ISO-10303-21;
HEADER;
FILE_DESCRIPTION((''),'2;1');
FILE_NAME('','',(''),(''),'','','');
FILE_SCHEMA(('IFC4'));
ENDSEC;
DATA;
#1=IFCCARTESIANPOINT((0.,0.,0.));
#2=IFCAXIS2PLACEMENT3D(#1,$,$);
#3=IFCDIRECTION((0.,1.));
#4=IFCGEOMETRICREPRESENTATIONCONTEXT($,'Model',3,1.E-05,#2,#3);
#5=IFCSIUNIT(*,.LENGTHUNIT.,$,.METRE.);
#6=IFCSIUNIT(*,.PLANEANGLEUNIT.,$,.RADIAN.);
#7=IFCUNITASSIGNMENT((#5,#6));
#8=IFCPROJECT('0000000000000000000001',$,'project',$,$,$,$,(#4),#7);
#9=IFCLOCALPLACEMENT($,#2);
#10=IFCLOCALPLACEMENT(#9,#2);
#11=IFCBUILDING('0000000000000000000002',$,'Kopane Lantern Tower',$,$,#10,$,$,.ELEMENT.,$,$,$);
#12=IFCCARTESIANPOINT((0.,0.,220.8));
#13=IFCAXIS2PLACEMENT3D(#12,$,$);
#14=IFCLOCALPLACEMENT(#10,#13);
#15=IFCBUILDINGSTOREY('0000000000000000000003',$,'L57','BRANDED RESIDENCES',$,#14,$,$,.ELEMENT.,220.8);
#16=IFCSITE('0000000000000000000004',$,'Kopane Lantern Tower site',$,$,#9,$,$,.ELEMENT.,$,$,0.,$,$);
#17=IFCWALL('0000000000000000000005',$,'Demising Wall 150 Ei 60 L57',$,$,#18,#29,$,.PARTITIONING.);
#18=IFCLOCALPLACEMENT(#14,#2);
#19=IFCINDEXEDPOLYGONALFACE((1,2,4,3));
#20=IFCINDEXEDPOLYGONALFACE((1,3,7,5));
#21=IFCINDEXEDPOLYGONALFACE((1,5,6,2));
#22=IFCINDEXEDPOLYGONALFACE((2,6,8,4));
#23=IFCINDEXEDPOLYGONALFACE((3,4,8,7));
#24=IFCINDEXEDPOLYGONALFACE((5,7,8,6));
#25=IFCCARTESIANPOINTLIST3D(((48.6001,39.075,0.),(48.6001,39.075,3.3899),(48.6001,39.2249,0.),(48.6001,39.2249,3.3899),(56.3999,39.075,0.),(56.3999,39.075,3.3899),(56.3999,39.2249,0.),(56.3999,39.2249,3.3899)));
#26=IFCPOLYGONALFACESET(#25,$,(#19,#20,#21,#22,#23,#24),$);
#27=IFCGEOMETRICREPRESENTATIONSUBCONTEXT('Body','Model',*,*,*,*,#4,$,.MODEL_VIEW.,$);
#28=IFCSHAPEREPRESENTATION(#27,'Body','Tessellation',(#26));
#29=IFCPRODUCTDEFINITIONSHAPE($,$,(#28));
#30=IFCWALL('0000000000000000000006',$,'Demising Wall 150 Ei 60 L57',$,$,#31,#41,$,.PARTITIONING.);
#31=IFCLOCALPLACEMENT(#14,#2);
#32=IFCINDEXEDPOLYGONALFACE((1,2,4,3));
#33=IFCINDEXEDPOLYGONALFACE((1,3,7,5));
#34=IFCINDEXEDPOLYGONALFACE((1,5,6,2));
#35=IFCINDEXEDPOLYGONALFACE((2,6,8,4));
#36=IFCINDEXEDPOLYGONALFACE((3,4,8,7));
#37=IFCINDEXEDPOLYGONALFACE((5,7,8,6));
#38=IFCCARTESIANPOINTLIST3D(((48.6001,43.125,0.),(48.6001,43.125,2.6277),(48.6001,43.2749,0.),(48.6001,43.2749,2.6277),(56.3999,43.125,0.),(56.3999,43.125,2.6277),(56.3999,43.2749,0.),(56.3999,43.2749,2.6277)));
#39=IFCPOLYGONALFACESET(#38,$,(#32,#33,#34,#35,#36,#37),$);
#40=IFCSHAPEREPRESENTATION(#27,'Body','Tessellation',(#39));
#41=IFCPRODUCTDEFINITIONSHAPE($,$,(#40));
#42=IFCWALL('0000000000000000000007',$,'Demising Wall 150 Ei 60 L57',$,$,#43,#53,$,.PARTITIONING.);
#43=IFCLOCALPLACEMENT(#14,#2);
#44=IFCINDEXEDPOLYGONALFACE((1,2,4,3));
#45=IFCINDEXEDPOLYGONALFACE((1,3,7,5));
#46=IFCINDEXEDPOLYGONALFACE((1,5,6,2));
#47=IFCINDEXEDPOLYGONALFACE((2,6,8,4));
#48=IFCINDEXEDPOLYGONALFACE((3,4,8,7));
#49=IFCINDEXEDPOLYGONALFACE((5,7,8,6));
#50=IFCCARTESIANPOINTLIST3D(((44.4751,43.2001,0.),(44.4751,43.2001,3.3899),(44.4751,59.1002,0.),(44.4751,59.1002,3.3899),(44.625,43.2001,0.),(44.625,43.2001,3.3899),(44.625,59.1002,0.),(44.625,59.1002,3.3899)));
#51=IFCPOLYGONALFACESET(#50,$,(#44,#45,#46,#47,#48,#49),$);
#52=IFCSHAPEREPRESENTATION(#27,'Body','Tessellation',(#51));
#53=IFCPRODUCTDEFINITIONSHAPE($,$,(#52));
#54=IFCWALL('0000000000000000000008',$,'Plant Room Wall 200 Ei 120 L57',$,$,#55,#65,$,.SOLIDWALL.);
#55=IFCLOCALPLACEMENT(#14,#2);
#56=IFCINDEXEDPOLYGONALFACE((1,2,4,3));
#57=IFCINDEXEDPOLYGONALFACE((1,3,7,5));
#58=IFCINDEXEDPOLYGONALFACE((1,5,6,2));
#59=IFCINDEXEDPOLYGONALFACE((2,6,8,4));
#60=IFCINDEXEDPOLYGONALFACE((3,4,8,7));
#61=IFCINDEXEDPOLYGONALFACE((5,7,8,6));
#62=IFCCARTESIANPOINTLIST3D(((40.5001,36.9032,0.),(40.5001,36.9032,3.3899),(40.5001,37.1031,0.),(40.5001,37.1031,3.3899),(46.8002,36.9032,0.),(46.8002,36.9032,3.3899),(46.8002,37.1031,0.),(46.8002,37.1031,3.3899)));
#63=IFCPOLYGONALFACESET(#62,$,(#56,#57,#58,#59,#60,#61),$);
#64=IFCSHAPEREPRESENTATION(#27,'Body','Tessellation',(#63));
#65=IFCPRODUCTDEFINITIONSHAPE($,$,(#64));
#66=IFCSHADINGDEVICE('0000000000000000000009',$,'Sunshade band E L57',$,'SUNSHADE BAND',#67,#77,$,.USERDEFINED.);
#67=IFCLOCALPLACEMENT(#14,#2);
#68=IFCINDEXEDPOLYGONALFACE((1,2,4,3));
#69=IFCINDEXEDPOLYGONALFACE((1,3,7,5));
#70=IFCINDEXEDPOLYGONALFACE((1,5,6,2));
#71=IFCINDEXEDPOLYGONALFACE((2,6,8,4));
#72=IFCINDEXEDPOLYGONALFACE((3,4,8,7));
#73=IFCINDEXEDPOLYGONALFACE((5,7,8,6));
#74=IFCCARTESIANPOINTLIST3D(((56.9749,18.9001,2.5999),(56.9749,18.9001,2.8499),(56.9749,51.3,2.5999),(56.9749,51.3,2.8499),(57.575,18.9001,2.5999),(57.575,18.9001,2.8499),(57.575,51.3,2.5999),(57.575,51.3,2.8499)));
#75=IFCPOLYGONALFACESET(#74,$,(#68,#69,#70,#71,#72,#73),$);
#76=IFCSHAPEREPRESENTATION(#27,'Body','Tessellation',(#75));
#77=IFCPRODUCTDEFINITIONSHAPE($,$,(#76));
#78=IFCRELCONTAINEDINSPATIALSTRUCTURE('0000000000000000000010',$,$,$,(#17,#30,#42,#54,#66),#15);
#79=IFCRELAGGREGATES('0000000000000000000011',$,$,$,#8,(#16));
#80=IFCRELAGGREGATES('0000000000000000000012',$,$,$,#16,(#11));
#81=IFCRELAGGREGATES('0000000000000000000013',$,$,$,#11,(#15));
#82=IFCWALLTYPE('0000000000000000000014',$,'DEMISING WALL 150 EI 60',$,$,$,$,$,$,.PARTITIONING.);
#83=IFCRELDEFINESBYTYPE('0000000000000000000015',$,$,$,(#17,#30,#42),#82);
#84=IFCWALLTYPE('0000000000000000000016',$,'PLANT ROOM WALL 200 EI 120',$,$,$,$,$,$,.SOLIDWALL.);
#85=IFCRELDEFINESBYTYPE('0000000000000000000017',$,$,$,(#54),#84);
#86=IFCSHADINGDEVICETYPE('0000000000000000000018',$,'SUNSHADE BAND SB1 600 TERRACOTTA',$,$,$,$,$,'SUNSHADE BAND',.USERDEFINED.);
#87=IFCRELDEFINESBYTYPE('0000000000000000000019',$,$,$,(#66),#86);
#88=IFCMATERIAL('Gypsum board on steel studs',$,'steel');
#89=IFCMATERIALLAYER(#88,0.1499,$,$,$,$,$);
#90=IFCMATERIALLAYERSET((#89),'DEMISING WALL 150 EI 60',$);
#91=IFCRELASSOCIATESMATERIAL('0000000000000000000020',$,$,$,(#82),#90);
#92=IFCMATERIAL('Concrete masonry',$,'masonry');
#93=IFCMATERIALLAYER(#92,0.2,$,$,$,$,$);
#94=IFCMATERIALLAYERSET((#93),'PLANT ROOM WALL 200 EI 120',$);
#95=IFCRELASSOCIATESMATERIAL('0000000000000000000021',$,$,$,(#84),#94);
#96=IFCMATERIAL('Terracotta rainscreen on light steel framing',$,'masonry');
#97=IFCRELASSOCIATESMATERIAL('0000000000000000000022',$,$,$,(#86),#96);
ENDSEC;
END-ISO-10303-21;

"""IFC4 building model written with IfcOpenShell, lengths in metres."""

from ifc_helpers import new_model, si_unit, direction, frame, frame_2d, origin, origin_2d, place, context, subcontext, project, spatial, rectangle, extrude, material, layer, layer_set, type_object, element, save


model = new_model("IFC4")

# Units and contexts
model_context = context("Model", 3, precision=1e-05, world=origin(), true_north=direction((0.0, 1.0)))
body_context = subcontext(model_context, "Body", "Model", "MODEL_VIEW")
ifc_project = project(units=[si_unit("LENGTHUNIT", "METRE"), si_unit("PLANEANGLEUNIT", "RADIAN")], contexts=[model_context])

# Site, building, storey
site_placement = place(None, origin())
site = spatial("IfcSite", under=ifc_project, at=site_placement, Name="Kopane Lantern Tower site", CompositionType="ELEMENT", RefElevation=0.0)
building_placement = place(site_placement, origin())
building = spatial("IfcBuilding", under=site, at=building_placement, Name="Kopane Lantern Tower", CompositionType="ELEMENT")
storey_placement = place(building_placement, frame((0.0, 0.0, 220.8)))
storey = spatial("IfcBuildingStorey", under=building, at=storey_placement, Name="L57", Description="BRANDED RESIDENCES", CompositionType="ELEMENT", Elevation=220.8)

# Walls
ifc_material_1 = material(Name="Gypsum board on steel studs", Category="steel")
ifc_layer_1 = layer(ifc_material_1, 0.1499)
ifc_layer_set_1 = layer_set([ifc_layer_1], Name="DEMISING WALL 150 EI 60")
wall_type_1 = type_object("IfcWallType", Name="DEMISING WALL 150 EI 60", PredefinedType="PARTITIONING", material=ifc_layer_set_1)
wall_1_placement = place(storey_placement, frame((48.6001, 39.1499, 0.0), z_axis=(0.0, 0.0, 1.0), x_axis=(1.0, 0.0, 0.0)))
element("IfcWall", 1, at=wall_1_placement, inside=storey, type_object=wall_type_1, Name="Demising Wall 150 Ei 60 L57", PredefinedType="PARTITIONING", context=body_context, shape_type="SweptSolid", body=[
    extrude(rectangle(XDim=7.7998, YDim=0.1499, at=frame_2d((3.8999, 0.0))), origin(), (0.0, 0.0, 1.0), 3.3899),
])
wall_2_placement = place(storey_placement, frame((48.6001, 43.2, 0.0), z_axis=(0.0, 0.0, 1.0), x_axis=(1.0, 0.0, 0.0)))
element("IfcWall", 2, at=wall_2_placement, inside=storey, type_object=wall_type_1, Name="Demising Wall 150 Ei 60 L57", PredefinedType="PARTITIONING", context=body_context, shape_type="SweptSolid", body=[
    extrude(rectangle(XDim=7.7998, YDim=0.1499, at=frame_2d((3.8999, 0.0))), origin(), (0.0, 0.0, 1.0), 2.6277),
])
wall_3_placement = place(storey_placement, frame((44.55, 43.2, 0.0), z_axis=(0.0, 0.0, 1.0), x_axis=(0.0, 1.0, 0.0)))
element("IfcWall", 3, at=wall_3_placement, inside=storey, type_object=wall_type_1, Name="Demising Wall 150 Ei 60 L57", PredefinedType="PARTITIONING", context=body_context, shape_type="SweptSolid", body=[
    extrude(rectangle(XDim=15.9001, YDim=0.1499, at=frame_2d((7.9502, 0.0))), origin(), (0.0, 0.0, 1.0), 3.3899),
])
ifc_material_2 = material(Name="Concrete masonry", Category="masonry")
ifc_layer_2 = layer(ifc_material_2, 0.2)
ifc_layer_set_2 = layer_set([ifc_layer_2], Name="PLANT ROOM WALL 200 EI 120")
wall_type_2 = type_object("IfcWallType", Name="PLANT ROOM WALL 200 EI 120", PredefinedType="SOLIDWALL", material=ifc_layer_set_2)
wall_4_placement = place(storey_placement, frame((46.8, 37.0032, 0.0), z_axis=(0.0, 0.0, 1.0), x_axis=(-1.0, 0.0, 0.0)))
element("IfcWall", 4, at=wall_4_placement, inside=storey, type_object=wall_type_2, Name="Plant Room Wall 200 Ei 120 L57", PredefinedType="SOLIDWALL", context=body_context, shape_type="SweptSolid", body=[
    extrude(rectangle(XDim=6.3, YDim=0.2, at=frame_2d((3.1499, 0.0))), origin(), (0.0, 0.0, 1.0), 3.3899),
])

# Shading device
ifc_material_3 = material(Name="Terracotta rainscreen on light steel framing", Category="masonry")
shading_device_type = type_object("IfcShadingDeviceType", Name="SUNSHADE BAND SB1 600 TERRACOTTA", ElementType="SUNSHADE BAND", PredefinedType="USERDEFINED", material=ifc_material_3)
shading_device_placement = place(storey_placement, frame((57.2749, 35.1001, 2.5999), z_axis=(0.0, 0.0, 1.0), x_axis=(0.0, 1.0, 0.0)))
element("IfcShadingDevice", 5, at=shading_device_placement, inside=storey, type_object=shading_device_type, Name="Sunshade band E L57", ObjectType="SUNSHADE BAND", PredefinedType="USERDEFINED", context=body_context, shape_type="SweptSolid", body=[
    extrude(rectangle(XDim=32.3999, YDim=0.6001, at=origin_2d()), origin(), (0.0, 0.0, 1.0), 0.25),
])

save(model, "model.ifc")
